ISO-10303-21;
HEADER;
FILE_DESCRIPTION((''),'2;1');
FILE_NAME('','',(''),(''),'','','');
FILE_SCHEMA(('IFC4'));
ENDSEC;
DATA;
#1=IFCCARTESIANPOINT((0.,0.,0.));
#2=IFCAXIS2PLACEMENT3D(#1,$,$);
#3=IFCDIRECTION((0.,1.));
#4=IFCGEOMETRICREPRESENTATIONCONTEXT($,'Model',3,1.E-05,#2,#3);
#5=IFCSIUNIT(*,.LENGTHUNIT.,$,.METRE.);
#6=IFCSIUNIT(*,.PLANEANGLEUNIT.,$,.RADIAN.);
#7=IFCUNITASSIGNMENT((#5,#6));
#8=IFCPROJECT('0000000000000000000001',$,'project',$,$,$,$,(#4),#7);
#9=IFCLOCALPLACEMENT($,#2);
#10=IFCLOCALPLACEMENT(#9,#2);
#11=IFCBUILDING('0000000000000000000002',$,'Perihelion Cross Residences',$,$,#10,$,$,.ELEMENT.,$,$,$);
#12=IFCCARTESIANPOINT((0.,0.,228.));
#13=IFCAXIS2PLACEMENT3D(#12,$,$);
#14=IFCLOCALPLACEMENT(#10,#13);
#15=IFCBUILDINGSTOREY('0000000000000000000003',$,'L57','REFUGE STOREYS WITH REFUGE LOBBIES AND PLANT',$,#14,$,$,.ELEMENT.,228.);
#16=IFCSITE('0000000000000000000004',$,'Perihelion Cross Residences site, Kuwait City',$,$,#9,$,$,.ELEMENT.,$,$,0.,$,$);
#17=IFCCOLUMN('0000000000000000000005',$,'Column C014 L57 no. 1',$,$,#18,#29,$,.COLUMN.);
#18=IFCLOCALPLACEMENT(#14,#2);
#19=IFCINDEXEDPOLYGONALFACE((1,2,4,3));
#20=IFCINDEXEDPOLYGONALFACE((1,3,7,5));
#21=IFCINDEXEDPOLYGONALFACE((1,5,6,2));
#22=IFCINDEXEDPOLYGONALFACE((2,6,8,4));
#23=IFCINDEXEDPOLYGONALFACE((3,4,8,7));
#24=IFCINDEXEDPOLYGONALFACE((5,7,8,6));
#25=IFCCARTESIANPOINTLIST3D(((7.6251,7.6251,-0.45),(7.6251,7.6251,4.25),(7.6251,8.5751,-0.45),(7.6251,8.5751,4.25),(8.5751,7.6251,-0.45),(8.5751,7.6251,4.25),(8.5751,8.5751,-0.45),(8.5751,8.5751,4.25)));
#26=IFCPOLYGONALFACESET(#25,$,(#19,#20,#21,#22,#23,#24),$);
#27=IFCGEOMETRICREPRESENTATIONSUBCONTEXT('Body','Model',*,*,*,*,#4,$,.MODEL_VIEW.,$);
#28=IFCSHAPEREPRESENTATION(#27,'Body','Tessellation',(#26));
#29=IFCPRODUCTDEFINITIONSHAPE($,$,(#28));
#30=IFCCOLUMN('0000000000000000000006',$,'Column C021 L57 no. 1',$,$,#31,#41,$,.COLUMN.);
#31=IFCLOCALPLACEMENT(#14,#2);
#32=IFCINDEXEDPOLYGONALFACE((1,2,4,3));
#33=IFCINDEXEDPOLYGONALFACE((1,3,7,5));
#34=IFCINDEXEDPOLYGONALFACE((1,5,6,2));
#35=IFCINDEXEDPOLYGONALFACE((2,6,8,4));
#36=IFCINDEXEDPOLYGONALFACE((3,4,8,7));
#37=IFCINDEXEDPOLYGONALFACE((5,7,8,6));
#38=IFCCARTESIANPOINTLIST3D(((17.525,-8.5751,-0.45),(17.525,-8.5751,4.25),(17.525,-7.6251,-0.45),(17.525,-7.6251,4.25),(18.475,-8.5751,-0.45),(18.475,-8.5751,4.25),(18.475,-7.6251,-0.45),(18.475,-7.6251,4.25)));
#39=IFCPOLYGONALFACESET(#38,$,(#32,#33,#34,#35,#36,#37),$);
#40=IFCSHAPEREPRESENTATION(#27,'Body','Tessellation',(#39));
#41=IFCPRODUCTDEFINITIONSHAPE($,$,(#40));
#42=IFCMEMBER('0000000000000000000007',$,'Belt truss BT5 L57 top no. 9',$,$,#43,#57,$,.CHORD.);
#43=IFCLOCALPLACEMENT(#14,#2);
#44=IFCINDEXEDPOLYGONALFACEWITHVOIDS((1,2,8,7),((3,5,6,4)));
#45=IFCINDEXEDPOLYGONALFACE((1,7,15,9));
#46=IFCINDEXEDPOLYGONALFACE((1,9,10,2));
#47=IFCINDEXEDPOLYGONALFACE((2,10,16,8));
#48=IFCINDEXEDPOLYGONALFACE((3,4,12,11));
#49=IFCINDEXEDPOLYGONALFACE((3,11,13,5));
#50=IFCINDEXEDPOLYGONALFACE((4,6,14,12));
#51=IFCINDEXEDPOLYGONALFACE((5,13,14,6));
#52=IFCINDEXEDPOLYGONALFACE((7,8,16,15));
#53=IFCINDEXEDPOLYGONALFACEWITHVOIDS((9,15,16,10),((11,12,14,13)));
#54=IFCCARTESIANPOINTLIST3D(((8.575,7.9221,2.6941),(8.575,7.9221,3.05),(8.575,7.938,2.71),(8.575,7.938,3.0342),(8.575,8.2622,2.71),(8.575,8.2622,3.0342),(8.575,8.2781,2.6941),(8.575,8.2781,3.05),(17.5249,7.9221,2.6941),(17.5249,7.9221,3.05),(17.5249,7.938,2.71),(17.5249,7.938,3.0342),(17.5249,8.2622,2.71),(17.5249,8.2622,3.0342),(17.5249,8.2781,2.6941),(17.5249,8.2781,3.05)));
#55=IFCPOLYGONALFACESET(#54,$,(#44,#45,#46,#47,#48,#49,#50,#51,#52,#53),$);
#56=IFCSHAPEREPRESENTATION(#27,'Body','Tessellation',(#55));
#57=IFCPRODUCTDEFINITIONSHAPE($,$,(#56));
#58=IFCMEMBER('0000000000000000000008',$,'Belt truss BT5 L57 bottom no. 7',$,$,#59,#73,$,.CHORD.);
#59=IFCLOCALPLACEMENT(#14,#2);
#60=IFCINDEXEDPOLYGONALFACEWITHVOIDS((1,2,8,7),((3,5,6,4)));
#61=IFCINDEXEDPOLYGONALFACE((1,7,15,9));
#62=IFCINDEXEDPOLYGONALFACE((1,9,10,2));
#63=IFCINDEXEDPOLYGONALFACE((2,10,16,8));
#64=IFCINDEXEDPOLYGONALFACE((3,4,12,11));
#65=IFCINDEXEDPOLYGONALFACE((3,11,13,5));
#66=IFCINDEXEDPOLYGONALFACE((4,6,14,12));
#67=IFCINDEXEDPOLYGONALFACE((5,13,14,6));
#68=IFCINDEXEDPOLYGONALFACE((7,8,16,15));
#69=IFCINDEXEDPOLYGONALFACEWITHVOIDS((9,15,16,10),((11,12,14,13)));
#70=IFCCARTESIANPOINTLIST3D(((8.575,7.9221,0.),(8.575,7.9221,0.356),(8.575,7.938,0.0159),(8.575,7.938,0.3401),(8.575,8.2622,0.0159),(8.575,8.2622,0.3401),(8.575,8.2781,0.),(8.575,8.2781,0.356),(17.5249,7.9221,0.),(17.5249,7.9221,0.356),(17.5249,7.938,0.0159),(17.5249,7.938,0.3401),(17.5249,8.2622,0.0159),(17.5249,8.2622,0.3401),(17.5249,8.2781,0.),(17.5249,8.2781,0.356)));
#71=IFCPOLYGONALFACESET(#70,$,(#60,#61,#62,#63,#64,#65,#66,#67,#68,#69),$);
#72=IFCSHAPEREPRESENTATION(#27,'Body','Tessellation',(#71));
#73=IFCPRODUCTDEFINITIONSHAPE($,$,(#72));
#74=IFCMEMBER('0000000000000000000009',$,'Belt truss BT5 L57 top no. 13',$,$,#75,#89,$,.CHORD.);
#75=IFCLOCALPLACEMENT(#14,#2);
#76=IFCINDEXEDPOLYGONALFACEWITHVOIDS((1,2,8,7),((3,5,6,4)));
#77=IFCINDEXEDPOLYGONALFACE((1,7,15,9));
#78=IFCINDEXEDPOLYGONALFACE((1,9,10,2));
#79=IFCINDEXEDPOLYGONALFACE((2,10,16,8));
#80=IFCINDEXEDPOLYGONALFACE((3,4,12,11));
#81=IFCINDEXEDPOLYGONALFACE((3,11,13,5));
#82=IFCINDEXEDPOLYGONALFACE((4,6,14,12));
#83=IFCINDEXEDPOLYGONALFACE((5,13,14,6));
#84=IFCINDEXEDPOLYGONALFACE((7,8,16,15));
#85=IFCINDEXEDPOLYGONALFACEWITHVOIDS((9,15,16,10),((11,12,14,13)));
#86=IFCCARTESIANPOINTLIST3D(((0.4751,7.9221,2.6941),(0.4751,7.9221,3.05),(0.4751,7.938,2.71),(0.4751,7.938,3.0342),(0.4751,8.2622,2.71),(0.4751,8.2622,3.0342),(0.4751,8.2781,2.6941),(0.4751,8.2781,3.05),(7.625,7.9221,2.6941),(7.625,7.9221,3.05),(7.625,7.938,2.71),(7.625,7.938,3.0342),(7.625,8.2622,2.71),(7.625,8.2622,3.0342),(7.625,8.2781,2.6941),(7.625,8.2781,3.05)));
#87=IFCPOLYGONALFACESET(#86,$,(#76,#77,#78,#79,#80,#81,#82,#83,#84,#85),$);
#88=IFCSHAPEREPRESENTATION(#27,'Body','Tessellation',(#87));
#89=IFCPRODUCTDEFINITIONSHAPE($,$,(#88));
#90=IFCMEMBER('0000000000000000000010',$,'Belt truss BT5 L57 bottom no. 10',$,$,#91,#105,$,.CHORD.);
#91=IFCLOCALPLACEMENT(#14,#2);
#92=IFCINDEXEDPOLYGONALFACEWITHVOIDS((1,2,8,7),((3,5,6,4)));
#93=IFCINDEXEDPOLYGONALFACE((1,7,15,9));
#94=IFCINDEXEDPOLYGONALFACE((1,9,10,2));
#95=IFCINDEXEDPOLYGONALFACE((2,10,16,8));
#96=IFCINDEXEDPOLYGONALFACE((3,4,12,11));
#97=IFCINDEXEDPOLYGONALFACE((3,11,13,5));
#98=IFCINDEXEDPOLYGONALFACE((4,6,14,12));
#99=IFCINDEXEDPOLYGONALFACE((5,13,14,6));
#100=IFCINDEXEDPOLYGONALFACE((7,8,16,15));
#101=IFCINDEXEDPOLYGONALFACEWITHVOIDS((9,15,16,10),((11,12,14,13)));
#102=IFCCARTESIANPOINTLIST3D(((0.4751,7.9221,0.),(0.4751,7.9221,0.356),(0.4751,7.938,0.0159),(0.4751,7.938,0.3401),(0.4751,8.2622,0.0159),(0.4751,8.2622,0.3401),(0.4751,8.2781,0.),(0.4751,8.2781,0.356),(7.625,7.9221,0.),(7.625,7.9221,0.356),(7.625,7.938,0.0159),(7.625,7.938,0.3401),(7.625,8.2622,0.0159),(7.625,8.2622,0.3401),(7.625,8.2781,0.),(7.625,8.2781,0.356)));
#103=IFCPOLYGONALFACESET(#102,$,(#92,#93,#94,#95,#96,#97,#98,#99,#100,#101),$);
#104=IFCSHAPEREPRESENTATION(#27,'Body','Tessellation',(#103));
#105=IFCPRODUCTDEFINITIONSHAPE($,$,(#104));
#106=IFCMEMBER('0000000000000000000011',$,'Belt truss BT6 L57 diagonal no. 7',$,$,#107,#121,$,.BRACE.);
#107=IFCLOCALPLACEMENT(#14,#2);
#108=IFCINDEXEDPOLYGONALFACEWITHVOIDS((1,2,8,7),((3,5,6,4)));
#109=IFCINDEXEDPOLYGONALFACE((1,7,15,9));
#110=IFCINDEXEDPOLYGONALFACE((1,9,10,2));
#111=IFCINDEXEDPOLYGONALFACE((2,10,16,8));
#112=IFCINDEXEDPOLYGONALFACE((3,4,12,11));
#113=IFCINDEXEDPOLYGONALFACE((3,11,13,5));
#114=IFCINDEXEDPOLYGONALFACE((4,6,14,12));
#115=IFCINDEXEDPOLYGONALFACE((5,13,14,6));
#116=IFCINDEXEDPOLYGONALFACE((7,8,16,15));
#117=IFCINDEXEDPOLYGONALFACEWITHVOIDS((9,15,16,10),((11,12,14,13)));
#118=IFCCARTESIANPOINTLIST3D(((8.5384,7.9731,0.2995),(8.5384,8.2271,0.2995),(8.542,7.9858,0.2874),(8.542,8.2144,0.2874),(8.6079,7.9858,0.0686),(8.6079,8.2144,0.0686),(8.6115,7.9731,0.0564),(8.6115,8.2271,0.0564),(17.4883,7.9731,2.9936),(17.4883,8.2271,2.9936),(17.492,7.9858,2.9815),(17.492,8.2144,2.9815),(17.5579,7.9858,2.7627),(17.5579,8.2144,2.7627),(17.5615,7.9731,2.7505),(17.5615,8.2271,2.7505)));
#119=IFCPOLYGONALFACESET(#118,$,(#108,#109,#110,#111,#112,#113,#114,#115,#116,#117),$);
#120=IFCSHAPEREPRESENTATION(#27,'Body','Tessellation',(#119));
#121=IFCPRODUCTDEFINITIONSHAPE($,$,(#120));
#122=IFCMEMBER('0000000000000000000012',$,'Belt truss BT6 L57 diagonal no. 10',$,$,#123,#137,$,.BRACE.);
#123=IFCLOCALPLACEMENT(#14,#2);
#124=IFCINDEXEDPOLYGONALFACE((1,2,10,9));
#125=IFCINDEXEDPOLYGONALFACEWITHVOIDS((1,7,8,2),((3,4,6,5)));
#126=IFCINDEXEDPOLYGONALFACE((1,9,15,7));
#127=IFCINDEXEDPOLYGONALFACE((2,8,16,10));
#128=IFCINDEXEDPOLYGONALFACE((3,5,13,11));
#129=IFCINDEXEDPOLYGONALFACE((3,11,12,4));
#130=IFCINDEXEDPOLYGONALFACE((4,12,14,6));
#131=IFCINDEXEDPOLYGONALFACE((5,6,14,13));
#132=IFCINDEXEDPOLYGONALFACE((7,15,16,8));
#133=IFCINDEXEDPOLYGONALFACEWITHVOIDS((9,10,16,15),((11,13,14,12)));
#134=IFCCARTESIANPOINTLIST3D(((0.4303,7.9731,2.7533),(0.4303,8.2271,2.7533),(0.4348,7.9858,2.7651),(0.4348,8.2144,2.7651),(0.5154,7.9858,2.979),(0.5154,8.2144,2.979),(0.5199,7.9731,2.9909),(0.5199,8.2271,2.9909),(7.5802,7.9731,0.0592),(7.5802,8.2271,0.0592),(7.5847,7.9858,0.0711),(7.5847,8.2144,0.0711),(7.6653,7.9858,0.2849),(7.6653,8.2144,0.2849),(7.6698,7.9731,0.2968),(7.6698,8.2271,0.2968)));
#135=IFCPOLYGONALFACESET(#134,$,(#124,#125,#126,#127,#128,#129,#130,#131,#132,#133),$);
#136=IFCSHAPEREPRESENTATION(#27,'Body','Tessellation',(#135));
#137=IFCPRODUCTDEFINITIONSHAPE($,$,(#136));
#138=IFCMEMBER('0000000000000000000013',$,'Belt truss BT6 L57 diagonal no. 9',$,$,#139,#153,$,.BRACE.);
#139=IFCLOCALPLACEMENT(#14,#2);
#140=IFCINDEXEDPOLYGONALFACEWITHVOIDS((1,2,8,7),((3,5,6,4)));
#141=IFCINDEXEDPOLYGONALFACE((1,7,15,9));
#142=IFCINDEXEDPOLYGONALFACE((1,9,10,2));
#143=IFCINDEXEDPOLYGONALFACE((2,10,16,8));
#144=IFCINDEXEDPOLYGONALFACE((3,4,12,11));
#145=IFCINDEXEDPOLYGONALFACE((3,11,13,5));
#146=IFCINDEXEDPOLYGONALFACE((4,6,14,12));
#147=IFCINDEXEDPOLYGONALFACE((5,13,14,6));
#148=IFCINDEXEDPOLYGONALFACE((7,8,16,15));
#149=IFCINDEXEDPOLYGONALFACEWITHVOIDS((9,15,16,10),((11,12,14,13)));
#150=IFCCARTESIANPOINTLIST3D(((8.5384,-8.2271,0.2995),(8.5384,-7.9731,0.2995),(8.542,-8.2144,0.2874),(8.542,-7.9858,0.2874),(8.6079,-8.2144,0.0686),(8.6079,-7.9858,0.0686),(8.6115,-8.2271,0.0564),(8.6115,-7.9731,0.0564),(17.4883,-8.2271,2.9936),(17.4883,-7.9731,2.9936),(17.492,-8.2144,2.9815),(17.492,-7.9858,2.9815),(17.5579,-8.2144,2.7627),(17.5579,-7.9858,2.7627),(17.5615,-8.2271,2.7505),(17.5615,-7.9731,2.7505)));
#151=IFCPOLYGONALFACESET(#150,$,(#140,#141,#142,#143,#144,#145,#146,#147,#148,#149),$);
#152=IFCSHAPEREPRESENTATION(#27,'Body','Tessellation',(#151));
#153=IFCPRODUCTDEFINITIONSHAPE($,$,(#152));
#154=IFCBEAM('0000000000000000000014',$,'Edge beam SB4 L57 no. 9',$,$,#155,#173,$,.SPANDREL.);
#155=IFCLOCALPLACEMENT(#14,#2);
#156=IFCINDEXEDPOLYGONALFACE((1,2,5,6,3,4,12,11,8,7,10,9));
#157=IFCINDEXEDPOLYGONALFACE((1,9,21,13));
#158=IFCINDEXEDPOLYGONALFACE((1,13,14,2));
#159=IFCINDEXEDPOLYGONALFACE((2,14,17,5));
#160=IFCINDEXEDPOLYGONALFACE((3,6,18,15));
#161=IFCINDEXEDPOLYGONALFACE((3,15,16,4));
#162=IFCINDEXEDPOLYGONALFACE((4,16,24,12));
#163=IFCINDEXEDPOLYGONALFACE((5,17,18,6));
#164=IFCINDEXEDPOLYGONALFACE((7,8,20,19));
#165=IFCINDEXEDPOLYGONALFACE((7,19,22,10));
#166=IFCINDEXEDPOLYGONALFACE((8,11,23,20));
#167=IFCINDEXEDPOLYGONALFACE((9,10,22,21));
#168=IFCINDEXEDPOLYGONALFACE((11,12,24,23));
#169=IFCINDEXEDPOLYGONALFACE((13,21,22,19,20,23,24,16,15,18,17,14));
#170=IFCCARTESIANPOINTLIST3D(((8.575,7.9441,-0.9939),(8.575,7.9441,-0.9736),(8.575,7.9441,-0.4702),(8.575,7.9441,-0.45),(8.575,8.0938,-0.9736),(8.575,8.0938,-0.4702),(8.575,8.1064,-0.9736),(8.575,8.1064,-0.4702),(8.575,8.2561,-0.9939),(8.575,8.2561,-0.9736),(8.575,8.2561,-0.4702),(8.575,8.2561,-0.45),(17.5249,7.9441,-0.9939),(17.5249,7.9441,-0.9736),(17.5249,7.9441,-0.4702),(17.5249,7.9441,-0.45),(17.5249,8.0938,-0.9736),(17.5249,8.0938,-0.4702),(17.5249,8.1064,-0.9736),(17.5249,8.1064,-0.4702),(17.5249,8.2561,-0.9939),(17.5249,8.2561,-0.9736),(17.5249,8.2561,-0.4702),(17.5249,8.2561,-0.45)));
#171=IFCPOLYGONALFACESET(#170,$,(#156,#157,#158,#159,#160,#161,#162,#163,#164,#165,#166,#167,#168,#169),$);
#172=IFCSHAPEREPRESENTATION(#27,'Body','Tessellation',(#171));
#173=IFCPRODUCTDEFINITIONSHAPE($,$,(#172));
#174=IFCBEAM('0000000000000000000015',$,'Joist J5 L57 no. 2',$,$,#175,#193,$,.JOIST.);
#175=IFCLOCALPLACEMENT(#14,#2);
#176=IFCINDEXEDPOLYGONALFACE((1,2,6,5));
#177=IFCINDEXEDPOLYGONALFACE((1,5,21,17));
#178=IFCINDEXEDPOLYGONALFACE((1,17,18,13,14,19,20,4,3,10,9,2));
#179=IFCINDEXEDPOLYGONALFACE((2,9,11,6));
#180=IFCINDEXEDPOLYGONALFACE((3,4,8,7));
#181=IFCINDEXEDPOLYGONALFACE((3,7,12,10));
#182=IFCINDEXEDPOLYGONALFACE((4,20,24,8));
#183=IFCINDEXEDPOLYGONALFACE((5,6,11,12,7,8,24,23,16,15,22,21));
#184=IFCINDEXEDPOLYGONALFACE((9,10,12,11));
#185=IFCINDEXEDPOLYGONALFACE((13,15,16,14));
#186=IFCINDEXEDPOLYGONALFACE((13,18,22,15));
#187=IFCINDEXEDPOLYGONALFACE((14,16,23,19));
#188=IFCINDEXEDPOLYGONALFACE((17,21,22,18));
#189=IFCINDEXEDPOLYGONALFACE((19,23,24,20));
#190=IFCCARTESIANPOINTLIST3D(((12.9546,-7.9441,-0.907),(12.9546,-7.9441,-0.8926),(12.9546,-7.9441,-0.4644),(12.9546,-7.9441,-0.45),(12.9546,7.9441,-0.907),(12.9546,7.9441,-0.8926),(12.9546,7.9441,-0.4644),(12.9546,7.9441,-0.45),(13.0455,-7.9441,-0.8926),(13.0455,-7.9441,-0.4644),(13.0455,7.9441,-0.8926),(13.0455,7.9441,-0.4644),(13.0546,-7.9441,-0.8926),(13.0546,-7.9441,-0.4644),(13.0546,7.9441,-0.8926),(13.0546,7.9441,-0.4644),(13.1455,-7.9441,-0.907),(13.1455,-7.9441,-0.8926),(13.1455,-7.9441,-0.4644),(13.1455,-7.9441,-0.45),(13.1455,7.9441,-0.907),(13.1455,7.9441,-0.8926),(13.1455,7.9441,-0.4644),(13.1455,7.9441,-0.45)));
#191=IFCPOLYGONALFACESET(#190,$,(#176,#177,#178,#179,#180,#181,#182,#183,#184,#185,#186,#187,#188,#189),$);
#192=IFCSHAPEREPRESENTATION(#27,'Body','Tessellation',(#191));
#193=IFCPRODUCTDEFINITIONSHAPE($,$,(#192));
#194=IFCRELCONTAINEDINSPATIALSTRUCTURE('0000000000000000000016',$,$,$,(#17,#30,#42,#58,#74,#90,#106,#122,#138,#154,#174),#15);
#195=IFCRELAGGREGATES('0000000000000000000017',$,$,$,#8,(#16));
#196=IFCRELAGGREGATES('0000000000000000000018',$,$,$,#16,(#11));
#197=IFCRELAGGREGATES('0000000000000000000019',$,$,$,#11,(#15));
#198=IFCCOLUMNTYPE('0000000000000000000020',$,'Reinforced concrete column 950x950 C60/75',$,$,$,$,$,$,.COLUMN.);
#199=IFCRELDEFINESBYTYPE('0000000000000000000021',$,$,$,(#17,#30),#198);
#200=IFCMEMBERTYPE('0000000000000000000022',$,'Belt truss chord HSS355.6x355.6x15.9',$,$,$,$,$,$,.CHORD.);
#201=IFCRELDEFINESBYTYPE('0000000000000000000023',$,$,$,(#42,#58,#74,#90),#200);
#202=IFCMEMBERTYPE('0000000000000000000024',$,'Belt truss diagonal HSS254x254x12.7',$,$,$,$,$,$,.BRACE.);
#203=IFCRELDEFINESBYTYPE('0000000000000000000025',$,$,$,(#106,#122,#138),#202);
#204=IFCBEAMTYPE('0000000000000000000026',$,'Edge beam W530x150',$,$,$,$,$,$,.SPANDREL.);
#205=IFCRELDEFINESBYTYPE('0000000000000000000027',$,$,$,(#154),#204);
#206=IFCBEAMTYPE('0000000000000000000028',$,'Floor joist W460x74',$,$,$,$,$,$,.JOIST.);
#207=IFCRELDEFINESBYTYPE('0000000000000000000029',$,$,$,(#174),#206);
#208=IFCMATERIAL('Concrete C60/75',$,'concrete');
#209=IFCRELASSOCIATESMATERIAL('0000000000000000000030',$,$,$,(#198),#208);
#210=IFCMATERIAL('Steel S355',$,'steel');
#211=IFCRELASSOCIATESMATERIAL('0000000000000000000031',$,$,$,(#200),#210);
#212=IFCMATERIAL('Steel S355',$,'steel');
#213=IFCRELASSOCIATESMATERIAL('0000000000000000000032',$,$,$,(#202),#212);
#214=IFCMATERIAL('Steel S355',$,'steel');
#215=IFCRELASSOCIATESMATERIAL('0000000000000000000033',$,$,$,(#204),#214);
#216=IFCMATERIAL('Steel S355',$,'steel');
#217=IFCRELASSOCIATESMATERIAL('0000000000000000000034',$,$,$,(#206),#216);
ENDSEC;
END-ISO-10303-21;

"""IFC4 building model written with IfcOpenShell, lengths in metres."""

from ifc_helpers import new_model, si_unit, direction, frame, origin, origin_2d, place, context, subcontext, project, spatial, rectangle, hollow_rectangle, i_section, extrude, material, material_profile, profile_set, type_object, element, save


model = new_model("IFC4")

# Units and contexts
model_context = context("Model", 3, precision=1e-05, world=origin(), true_north=direction((0.0, 1.0)))
body_context = subcontext(model_context, "Body", "Model", "MODEL_VIEW")
ifc_project = project(units=[si_unit("LENGTHUNIT", "METRE"), si_unit("PLANEANGLEUNIT", "RADIAN")], contexts=[model_context])

# Site, building, storey
site_placement = place(None, origin())
site = spatial("IfcSite", under=ifc_project, at=site_placement, Name="Perihelion Cross Residences site, Kuwait City", CompositionType="ELEMENT", RefElevation=0.0)
building_placement = place(site_placement, origin())
building = spatial("IfcBuilding", under=site, at=building_placement, Name="Perihelion Cross Residences", CompositionType="ELEMENT")
storey_placement = place(building_placement, frame((0.0, 0.0, 228.0)))
storey = spatial("IfcBuildingStorey", under=building, at=storey_placement, Name="L57", Description="REFUGE STOREYS WITH REFUGE LOBBIES AND PLANT", CompositionType="ELEMENT", Elevation=228.0)

# Columns
ifc_material_1 = material(Name="Concrete C60/75", Category="concrete")
ifc_material_profile_1 = material_profile(ifc_material_1, rectangle(XDim=0.95, YDim=0.95, at=origin_2d()), Name="RC 950x950")
ifc_profile_set_1 = profile_set([ifc_material_profile_1], Name="Concrete C60/75")
column_type = type_object("IfcColumnType", Name="Reinforced concrete column 950x950 C60/75", PredefinedType="COLUMN", material=ifc_profile_set_1)
for number, where, z_axis, x_axis, name in (
    (1, (8.1001, 8.1001, -0.45), (0.0, 0.0, 1.0), (1.0, 0.0, 0.0), "Column C014 L57 no. 1"),
    (2, (18.0, -8.1001, -0.45), (0.0, 0.0, 1.0), (1.0, 0.0, 0.0), "Column C021 L57 no. 1"),
):
    element("IfcColumn", number, at=place(storey_placement, frame(where, z_axis=z_axis, x_axis=x_axis)), inside=storey, type_object=column_type, Name=name, PredefinedType="COLUMN", context=body_context, shape_type="SweptSolid", body=[
        extrude(rectangle(XDim=0.95, YDim=0.95, at=origin_2d()), origin(), (0.0, 0.0, 1.0), 4.7),
    ])

# Members
ifc_material_2 = material(Name="Steel S355", Category="steel")
ifc_material_profile_2 = material_profile(ifc_material_2, hollow_rectangle(XDim=0.356, YDim=0.356, WallThickness=0.0159, at=origin_2d()), Name="HSS355.6x355.6x15.9")
ifc_profile_set_2 = profile_set([ifc_material_profile_2], Name="Steel S355")
member_type_1 = type_object("IfcMemberType", Name="Belt truss chord HSS355.6x355.6x15.9", PredefinedType="CHORD", material=ifc_profile_set_2)
for number, where, z_axis, x_axis, name in (
    (3, (17.5249, 8.1001, 2.8721), (-1.0, 0.0, 0.0), (0.0, -1.0, 0.0), "Belt truss BT5 L57 top no. 9"),
    (4, (17.5249, 8.1001, 0.178), (-1.0, 0.0, 0.0), (0.0, -1.0, 0.0), "Belt truss BT5 L57 bottom no. 7"),
):
    element("IfcMember", number, at=place(storey_placement, frame(where, z_axis=z_axis, x_axis=x_axis)), inside=storey, type_object=member_type_1, Name=name, PredefinedType="CHORD", context=body_context, shape_type="SweptSolid", body=[
        extrude(hollow_rectangle(XDim=0.356, YDim=0.356, WallThickness=0.0159, at=origin_2d()), origin(), (0.0, 0.0, 1.0), 8.95),
    ])
for number, where, z_axis, x_axis, name in (
    (5, (7.625, 8.1001, 2.8721), (-1.0, 0.0, 0.0), (0.0, -1.0, 0.0), "Belt truss BT5 L57 top no. 13"),
    (6, (7.625, 8.1001, 0.178), (-1.0, 0.0, 0.0), (0.0, -1.0, 0.0), "Belt truss BT5 L57 bottom no. 10"),
):
    element("IfcMember", number, at=place(storey_placement, frame(where, z_axis=z_axis, x_axis=x_axis)), inside=storey, type_object=member_type_1, Name=name, PredefinedType="CHORD", context=body_context, shape_type="SweptSolid", body=[
        extrude(hollow_rectangle(XDim=0.356, YDim=0.356, WallThickness=0.0159, at=origin_2d()), origin(), (0.0, 0.0, 1.0), 7.1499),
    ])
ifc_material_3 = material(Name="Steel S355", Category="steel")
ifc_material_profile_3 = material_profile(ifc_material_3, hollow_rectangle(XDim=0.2539, YDim=0.2539, WallThickness=0.0127, at=origin_2d()), Name="HSS254x254x12.7")
ifc_profile_set_3 = profile_set([ifc_material_profile_3], Name="Steel S355")
member_type_2 = type_object("IfcMemberType", Name="Belt truss diagonal HSS254x254x12.7", PredefinedType="BRACE", material=ifc_profile_set_3)
member_1_placement = place(storey_placement, frame((8.575, 8.1001, 0.178), z_axis=(0.957558, 0.0, 0.288242), x_axis=(0.0, 1.0, 0.0)))
element("IfcMember", 7, at=member_1_placement, inside=storey, type_object=member_type_2, Name="Belt truss BT6 L57 diagonal no. 7", PredefinedType="BRACE", context=body_context, shape_type="SweptSolid", body=[
    extrude(hollow_rectangle(XDim=0.2539, YDim=0.2539, WallThickness=0.0127, at=origin_2d()), origin(), (0.0, 0.0, 1.0), 9.3467),
])
member_2_placement = place(storey_placement, frame((7.625, 8.1001, 0.178), z_axis=(-0.935774, 0.0, 0.352601), x_axis=(0.0, -1.0, 0.0)))
element("IfcMember", 8, at=member_2_placement, inside=storey, type_object=member_type_2, Name="Belt truss BT6 L57 diagonal no. 10", PredefinedType="BRACE", context=body_context, shape_type="SweptSolid", body=[
    extrude(hollow_rectangle(XDim=0.2539, YDim=0.2539, WallThickness=0.0127, at=origin_2d()), origin(), (0.0, 0.0, 1.0), 7.6406),
])
member_3_placement = place(storey_placement, frame((8.575, -8.1001, 0.178), z_axis=(0.957558, 0.0, 0.288242), x_axis=(0.0, 1.0, 0.0)))
element("IfcMember", 9, at=member_3_placement, inside=storey, type_object=member_type_2, Name="Belt truss BT6 L57 diagonal no. 9", PredefinedType="BRACE", context=body_context, shape_type="SweptSolid", body=[
    extrude(hollow_rectangle(XDim=0.2539, YDim=0.2539, WallThickness=0.0127, at=origin_2d()), origin(), (0.0, 0.0, 1.0), 9.3467),
])

# Beams
ifc_material_4 = material(Name="Steel S355", Category="steel")
ifc_material_profile_4 = material_profile(ifc_material_4, i_section(OverallWidth=0.312, OverallDepth=0.5439, WebThickness=0.0127, FlangeThickness=0.0203, at=origin_2d()), Name="W530x150")
ifc_profile_set_4 = profile_set([ifc_material_profile_4], Name="Steel S355")
beam_type_1 = type_object("IfcBeamType", Name="Edge beam W530x150", PredefinedType="SPANDREL", material=ifc_profile_set_4)
beam_1_placement = place(storey_placement, frame((17.5249, 8.1001, -0.7219), z_axis=(-1.0, 0.0, 0.0), x_axis=(0.0, -1.0, 0.0)))
element("IfcBeam", 10, at=beam_1_placement, inside=storey, type_object=beam_type_1, Name="Edge beam SB4 L57 no. 9", PredefinedType="SPANDREL", context=body_context, shape_type="SweptSolid", body=[
    extrude(i_section(OverallWidth=0.312, OverallDepth=0.5439, WebThickness=0.0127, FlangeThickness=0.0203, at=origin_2d()), origin(), (0.0, 0.0, 1.0), 8.95),
])
ifc_material_5 = material(Name="Steel S355", Category="steel")
ifc_material_profile_5 = material_profile(ifc_material_5, i_section(OverallWidth=0.1909, OverallDepth=0.457, WebThickness=0.009, FlangeThickness=0.0144, at=origin_2d()), Name="W460x74")
ifc_profile_set_5 = profile_set([ifc_material_profile_5], Name="Steel S355")
beam_type_2 = type_object("IfcBeamType", Name="Floor joist W460x74", PredefinedType="JOIST", material=ifc_profile_set_5)
beam_2_placement = place(storey_placement, frame((13.05, -7.9441, -0.6785), z_axis=(0.0, 1.0, 0.0), x_axis=(-1.0, 0.0, 0.0)))
element("IfcBeam", 11, at=beam_2_placement, inside=storey, type_object=beam_type_2, Name="Joist J5 L57 no. 2", PredefinedType="JOIST", context=body_context, shape_type="SweptSolid", body=[
    extrude(i_section(OverallWidth=0.1909, OverallDepth=0.457, WebThickness=0.009, FlangeThickness=0.0144, at=origin_2d()), origin(), (0.0, 0.0, 1.0), 15.8882),
])

save(model, "model.ifc")
